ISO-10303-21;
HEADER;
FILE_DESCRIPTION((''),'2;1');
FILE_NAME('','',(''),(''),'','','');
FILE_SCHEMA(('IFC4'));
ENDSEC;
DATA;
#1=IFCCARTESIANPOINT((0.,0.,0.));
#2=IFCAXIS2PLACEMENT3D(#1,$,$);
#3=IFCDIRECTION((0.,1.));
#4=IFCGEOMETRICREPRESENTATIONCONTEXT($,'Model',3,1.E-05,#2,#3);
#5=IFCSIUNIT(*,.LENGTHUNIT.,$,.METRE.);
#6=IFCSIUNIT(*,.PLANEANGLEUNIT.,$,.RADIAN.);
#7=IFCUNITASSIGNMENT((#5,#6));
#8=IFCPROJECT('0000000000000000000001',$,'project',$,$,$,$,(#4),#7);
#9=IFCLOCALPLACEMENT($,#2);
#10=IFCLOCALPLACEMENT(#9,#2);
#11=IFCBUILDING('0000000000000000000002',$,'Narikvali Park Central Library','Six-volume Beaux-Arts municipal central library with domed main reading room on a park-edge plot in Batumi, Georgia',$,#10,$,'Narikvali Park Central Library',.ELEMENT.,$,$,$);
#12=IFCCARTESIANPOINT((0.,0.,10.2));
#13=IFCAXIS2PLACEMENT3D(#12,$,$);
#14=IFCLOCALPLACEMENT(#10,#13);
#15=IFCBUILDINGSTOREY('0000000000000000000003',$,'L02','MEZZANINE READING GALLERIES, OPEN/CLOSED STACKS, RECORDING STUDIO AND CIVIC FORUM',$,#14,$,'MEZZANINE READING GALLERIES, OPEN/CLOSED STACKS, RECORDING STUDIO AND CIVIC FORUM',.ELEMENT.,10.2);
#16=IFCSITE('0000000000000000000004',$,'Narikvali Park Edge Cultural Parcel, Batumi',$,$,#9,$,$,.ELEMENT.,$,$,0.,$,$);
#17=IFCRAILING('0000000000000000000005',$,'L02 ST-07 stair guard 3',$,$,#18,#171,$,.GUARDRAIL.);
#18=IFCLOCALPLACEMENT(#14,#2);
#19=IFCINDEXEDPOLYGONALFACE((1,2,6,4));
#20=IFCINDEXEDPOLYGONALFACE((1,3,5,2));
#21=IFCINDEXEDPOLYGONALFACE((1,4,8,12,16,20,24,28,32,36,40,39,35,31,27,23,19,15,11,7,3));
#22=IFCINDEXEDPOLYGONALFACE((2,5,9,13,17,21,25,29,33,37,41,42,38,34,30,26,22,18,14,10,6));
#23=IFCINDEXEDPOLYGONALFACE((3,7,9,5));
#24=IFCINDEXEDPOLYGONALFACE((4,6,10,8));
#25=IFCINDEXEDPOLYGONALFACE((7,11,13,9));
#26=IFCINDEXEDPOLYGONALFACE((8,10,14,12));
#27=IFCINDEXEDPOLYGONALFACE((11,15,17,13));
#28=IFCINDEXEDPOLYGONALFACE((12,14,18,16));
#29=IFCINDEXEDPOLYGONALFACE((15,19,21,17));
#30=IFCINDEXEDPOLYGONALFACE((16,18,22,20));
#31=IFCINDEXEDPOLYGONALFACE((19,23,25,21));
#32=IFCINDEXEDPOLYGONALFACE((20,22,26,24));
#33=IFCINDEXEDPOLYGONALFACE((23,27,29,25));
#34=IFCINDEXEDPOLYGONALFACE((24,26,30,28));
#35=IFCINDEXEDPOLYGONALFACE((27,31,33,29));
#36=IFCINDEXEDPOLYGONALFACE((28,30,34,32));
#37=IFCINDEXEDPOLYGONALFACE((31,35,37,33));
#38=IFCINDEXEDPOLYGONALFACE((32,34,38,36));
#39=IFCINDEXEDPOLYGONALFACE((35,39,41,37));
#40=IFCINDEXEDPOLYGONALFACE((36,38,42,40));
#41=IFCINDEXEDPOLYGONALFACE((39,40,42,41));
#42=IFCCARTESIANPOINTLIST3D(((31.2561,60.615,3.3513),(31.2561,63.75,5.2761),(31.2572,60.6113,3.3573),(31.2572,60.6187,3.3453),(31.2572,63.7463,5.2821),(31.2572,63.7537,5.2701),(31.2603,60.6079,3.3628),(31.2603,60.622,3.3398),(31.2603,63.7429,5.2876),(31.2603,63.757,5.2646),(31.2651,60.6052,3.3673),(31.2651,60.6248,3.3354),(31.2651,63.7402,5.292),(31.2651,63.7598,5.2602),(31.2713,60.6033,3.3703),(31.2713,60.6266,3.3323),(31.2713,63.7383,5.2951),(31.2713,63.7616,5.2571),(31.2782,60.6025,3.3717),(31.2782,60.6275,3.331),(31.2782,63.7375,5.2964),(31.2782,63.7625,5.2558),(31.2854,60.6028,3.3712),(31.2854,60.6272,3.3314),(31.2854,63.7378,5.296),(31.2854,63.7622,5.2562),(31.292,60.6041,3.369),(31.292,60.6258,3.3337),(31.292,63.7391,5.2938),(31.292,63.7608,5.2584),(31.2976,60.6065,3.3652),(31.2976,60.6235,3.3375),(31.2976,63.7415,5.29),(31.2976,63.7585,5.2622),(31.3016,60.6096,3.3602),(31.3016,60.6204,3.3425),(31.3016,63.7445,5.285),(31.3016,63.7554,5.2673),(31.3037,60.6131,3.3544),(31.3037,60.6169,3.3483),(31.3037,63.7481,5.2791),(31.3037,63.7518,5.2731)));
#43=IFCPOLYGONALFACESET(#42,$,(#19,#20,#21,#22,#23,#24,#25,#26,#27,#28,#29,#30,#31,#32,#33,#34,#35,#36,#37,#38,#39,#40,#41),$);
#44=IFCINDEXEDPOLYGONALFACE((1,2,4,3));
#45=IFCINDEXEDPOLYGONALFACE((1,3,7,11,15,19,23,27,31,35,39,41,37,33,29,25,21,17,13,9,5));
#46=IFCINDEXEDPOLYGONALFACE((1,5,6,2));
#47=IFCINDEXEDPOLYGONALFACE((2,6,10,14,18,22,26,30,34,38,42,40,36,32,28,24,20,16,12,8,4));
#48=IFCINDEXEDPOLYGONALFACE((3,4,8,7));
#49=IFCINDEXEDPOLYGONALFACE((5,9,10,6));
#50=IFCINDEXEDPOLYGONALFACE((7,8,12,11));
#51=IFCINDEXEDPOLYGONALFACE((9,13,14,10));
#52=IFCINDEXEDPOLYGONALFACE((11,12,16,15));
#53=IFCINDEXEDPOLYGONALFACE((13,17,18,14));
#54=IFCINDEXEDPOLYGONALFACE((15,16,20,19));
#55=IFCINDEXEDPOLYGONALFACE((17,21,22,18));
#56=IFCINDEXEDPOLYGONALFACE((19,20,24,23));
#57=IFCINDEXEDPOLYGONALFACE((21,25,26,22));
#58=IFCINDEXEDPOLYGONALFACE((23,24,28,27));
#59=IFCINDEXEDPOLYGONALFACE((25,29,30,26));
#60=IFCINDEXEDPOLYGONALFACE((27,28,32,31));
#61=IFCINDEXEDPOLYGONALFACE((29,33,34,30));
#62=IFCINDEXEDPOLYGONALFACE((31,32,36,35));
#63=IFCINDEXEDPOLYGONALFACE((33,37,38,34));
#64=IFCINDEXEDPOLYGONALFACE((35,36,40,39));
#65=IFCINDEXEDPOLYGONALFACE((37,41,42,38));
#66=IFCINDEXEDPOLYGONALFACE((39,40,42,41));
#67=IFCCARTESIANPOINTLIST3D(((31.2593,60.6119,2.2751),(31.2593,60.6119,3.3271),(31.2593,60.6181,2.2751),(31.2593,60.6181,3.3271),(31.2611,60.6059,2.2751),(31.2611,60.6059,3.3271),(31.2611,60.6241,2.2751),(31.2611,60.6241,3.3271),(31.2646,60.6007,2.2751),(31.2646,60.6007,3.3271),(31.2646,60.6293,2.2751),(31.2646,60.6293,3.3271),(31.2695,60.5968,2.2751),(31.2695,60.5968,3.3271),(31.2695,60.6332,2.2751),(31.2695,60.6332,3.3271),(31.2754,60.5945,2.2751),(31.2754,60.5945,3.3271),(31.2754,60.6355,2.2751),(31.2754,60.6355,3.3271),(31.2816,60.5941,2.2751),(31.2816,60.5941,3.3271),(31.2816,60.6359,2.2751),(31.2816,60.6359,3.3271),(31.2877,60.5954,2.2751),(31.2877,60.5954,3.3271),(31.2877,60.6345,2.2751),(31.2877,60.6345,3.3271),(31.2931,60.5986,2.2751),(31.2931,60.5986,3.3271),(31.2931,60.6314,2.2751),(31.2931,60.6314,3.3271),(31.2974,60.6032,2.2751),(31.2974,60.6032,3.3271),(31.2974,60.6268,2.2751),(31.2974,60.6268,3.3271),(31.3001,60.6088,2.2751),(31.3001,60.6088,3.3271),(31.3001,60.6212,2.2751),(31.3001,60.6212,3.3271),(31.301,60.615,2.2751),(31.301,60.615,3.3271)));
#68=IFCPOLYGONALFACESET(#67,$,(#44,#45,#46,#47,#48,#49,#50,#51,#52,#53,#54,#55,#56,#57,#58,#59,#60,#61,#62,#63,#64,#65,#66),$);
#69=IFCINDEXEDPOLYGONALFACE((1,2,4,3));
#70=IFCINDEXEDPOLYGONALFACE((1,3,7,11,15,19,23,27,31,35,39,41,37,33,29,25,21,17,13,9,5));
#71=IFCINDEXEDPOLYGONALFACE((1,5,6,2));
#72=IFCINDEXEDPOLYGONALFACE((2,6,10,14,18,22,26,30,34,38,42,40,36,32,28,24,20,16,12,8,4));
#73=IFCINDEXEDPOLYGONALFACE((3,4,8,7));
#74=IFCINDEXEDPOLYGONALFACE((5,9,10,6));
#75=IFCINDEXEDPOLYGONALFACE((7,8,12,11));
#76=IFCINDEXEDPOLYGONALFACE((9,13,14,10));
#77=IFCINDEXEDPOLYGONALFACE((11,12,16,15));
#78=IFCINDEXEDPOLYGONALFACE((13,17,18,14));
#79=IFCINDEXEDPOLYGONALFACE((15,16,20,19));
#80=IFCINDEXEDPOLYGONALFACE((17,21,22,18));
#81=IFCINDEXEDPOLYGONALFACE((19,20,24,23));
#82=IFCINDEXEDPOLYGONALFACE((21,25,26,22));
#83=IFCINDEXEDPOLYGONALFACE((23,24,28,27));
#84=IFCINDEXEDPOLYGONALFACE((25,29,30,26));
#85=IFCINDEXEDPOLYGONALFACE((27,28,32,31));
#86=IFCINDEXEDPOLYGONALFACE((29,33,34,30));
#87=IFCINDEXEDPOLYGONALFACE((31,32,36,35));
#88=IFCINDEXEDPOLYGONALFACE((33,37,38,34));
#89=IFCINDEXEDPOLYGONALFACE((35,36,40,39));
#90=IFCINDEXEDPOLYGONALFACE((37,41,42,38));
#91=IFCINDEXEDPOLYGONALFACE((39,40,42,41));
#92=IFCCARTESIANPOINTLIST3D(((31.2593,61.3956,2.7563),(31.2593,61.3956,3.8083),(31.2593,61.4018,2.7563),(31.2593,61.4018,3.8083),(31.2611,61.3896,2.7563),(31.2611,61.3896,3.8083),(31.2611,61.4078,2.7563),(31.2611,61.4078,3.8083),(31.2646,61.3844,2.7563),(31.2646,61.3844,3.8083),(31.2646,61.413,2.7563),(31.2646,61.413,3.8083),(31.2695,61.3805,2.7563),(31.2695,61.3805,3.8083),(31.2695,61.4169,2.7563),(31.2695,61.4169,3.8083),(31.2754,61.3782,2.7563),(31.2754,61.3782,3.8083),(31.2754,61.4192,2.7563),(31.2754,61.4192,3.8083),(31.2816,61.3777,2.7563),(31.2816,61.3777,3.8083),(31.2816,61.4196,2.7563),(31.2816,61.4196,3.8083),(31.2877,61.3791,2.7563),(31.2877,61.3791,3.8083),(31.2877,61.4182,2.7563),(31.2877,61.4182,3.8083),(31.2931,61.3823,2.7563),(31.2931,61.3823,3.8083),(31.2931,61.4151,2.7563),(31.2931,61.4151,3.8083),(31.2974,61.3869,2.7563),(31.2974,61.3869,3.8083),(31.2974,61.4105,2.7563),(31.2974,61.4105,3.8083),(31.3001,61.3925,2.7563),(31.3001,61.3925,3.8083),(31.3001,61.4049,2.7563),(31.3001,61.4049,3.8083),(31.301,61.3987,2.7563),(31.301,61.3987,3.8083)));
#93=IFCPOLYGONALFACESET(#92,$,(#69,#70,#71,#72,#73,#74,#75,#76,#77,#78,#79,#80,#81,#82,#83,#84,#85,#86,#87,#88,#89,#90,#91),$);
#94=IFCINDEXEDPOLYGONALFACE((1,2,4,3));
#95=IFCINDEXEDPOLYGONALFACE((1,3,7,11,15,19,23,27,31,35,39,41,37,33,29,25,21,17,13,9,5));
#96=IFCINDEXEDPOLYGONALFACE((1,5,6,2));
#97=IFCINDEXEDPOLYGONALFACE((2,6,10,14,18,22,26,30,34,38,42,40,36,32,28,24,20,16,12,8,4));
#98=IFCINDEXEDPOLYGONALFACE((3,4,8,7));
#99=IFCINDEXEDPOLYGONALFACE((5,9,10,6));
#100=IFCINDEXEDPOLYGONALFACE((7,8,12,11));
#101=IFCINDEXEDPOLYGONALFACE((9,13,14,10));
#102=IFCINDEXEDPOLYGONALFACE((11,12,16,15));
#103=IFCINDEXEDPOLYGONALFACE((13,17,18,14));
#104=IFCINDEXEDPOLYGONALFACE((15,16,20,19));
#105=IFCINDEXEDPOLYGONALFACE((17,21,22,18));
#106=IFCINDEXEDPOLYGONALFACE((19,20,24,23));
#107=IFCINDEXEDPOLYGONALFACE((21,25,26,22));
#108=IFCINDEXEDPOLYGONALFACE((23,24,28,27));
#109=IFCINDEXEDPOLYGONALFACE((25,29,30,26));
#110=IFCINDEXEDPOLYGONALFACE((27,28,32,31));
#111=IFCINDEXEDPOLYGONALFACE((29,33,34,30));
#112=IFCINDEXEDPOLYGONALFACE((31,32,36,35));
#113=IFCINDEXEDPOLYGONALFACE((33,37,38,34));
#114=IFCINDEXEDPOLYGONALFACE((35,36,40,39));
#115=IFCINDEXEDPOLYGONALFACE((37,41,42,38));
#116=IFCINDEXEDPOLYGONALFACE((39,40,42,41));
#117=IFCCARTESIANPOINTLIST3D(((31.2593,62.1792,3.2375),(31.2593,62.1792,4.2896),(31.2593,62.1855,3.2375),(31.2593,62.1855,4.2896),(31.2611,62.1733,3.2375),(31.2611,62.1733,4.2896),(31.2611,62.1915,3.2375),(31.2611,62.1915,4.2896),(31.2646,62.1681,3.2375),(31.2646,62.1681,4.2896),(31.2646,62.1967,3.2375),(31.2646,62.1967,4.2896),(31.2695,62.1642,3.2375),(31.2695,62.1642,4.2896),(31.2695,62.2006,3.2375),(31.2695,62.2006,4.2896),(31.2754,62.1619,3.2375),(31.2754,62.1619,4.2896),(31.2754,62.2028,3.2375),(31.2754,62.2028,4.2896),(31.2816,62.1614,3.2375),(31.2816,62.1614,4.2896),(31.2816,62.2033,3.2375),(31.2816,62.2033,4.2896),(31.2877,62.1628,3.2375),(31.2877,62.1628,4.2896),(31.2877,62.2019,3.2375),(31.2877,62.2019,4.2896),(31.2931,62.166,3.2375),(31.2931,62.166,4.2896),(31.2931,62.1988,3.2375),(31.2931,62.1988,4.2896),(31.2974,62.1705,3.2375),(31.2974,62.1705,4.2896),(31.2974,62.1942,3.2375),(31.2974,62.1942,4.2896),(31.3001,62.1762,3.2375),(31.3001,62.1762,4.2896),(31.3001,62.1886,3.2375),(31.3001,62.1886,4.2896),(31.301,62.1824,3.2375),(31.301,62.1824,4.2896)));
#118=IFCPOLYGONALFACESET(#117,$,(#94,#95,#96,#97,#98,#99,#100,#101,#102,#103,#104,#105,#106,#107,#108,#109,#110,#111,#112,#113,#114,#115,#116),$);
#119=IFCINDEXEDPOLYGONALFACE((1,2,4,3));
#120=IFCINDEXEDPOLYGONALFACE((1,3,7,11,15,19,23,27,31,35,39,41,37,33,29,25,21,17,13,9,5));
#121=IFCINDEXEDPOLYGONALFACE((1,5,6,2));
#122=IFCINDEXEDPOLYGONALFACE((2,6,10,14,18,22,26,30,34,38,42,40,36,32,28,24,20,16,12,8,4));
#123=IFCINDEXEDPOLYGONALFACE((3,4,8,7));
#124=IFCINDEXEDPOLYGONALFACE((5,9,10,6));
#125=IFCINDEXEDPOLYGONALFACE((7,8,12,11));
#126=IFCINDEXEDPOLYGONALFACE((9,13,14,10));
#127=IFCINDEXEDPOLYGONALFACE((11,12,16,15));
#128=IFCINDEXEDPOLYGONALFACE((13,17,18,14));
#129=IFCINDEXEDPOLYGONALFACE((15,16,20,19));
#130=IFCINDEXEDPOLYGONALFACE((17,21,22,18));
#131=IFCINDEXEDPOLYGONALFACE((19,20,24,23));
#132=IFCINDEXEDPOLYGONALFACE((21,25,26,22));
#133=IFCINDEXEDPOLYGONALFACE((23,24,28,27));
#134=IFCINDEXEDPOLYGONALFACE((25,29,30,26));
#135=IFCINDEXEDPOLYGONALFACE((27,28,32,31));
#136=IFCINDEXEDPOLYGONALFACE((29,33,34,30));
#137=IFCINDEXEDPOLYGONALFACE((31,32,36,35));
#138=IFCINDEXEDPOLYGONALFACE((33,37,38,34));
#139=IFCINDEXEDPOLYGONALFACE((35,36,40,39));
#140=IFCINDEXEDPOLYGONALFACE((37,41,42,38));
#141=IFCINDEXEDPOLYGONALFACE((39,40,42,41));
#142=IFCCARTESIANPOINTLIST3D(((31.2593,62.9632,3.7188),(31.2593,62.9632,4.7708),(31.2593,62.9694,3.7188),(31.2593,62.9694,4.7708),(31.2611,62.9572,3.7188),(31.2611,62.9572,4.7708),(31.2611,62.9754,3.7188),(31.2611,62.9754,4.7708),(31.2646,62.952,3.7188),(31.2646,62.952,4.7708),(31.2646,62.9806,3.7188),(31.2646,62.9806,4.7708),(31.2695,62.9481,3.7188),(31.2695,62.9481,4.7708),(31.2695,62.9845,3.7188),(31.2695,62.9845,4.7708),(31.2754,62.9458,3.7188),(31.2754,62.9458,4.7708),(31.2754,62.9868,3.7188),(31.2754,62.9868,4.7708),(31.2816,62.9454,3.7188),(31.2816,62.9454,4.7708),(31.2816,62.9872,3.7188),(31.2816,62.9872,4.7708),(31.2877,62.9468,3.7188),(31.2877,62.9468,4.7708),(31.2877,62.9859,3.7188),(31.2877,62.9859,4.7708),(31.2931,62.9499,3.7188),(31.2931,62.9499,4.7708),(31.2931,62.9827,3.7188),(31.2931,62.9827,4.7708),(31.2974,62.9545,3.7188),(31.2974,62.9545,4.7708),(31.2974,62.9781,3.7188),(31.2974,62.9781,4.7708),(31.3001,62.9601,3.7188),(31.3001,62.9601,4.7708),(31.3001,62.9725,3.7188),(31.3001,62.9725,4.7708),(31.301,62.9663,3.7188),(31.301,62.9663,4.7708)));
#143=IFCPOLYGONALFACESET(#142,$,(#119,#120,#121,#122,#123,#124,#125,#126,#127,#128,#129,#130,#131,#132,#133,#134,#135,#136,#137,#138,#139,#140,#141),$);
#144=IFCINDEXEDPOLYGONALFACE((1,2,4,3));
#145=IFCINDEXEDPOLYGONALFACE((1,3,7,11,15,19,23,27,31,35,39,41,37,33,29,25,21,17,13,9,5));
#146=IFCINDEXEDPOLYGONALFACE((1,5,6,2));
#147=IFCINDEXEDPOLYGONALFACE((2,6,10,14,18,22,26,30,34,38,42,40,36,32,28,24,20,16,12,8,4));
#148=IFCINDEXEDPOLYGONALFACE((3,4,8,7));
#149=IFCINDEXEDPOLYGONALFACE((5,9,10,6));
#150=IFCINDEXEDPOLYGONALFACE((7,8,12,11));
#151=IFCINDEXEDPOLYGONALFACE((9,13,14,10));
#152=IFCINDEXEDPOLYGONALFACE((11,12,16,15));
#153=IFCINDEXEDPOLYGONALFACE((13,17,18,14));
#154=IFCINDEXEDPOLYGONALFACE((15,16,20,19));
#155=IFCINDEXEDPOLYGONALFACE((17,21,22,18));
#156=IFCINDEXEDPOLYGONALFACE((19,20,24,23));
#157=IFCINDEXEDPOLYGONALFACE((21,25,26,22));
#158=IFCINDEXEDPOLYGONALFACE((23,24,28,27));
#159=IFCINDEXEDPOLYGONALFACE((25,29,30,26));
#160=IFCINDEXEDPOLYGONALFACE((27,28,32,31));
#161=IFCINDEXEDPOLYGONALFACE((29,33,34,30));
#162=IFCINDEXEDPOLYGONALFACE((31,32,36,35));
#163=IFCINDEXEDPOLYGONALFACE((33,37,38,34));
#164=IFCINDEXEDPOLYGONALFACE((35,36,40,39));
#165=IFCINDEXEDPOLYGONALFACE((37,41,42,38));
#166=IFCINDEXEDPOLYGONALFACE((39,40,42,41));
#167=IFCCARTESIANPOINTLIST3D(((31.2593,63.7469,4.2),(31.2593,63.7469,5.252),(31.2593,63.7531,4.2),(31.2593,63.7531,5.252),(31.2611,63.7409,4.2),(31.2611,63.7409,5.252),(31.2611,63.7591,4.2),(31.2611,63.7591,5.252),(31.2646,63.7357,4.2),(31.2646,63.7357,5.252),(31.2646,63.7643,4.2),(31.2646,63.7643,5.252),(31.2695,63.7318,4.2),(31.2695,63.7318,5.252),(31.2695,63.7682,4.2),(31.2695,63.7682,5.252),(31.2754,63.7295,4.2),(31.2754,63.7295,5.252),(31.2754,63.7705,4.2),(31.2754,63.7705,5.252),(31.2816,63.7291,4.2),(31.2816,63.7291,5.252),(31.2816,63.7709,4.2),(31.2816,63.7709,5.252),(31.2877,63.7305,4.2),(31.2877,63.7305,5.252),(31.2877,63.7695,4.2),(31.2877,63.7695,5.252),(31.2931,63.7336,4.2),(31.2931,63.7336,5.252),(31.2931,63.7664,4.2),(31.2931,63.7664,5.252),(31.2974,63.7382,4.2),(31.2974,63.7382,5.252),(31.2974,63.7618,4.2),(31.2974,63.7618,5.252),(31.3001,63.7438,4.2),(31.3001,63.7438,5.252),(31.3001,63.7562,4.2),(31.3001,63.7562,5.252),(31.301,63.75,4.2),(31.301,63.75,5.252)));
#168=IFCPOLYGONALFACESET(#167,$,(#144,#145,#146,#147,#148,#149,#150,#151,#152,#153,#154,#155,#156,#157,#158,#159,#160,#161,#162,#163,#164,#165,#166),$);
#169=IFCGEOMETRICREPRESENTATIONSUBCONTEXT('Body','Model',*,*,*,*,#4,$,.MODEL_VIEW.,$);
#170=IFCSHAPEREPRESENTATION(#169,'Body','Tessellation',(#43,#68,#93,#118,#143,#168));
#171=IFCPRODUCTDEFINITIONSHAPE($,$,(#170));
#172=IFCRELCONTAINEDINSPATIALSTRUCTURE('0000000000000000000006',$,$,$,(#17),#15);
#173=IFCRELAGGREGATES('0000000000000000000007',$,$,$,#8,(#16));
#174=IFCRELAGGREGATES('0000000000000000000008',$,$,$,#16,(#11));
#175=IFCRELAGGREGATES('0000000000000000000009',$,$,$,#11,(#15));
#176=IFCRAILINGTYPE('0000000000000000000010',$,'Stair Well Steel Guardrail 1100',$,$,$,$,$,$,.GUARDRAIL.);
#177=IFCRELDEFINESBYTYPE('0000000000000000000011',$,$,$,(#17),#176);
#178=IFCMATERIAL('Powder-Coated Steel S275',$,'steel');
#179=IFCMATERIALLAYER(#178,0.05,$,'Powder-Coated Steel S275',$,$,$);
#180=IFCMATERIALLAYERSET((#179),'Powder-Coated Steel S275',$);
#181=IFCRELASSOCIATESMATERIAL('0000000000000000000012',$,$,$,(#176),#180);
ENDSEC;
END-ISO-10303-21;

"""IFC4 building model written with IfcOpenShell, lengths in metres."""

from ifc_helpers import new_model, si_unit, direction, frame, origin, origin_2d, place, context, subcontext, project, spatial, circle, extrude, material, layer, layer_set, type_object, element, save


model = new_model("IFC4")

# Units and contexts
model_context = context("Model", 3, precision=1e-05, world=origin(), true_north=direction((0.0, 1.0)))
body_context = subcontext(model_context, "Body", "Model", "MODEL_VIEW")
ifc_project = project(units=[si_unit("LENGTHUNIT", "METRE"), si_unit("PLANEANGLEUNIT", "RADIAN")], contexts=[model_context])

# Site, building, storey
site_placement = place(None, origin())
site = spatial("IfcSite", under=ifc_project, at=site_placement, Name="Narikvali Park Edge Cultural Parcel, Batumi", CompositionType="ELEMENT", RefElevation=0.0)
building_placement = place(site_placement, origin())
building = spatial("IfcBuilding", under=site, at=building_placement, Name="Narikvali Park Central Library", Description="Six-volume Beaux-Arts municipal central library with domed main reading room on a park-edge plot in Batumi, Georgia", LongName="Narikvali Park Central Library", CompositionType="ELEMENT")
storey_placement = place(building_placement, frame((0.0, 0.0, 10.2)))
storey = spatial("IfcBuildingStorey", under=building, at=storey_placement, Name="L02", Description="MEZZANINE READING GALLERIES, OPEN/CLOSED STACKS, RECORDING STUDIO AND CIVIC FORUM", LongName="MEZZANINE READING GALLERIES, OPEN/CLOSED STACKS, RECORDING STUDIO AND CIVIC FORUM", CompositionType="ELEMENT", Elevation=10.2)

# Railing
ifc_material_1 = material(Name="Powder-Coated Steel S275", Category="steel")
ifc_layer_1 = layer(ifc_material_1, 0.05, Name="Powder-Coated Steel S275")
ifc_layer_set_1 = layer_set([ifc_layer_1], Name="Powder-Coated Steel S275")
railing_type_1 = type_object("IfcRailingType", Name="Stair Well Steel Guardrail 1100", PredefinedType="GUARDRAIL", material=ifc_layer_set_1)
railing_1_placement = place(storey_placement, frame((31.28, 60.615, 2.2751)))
element("IfcRailing", 1, at=railing_1_placement, inside=storey, type_object=railing_type_1, Name="L02 ST-07 stair guard 3", PredefinedType="GUARDRAIL", context=body_context, shape_type="SweptSolid", body=[
    extrude(circle(Radius=0.0239, at=origin_2d()), frame((0.0, 0.0, 1.0762), z_axis=(0.0, 0.852196, 0.523223), x_axis=(-1.0, 0.0, 0.0)), (0.0, 0.0, 1.0), 3.6787),
    extrude(circle(Radius=0.021, at=origin_2d()), origin(), (0.0, 0.0, 1.0), 1.052),
    extrude(circle(Radius=0.021, at=origin_2d()), frame((0.0, 0.7837, 0.4812)), (0.0, 0.0, 1.0), 1.052),
    extrude(circle(Radius=0.021, at=origin_2d()), frame((0.0, 1.5674, 0.9624)), (0.0, 0.0, 1.0), 1.052),
    extrude(circle(Radius=0.021, at=origin_2d()), frame((0.0, 2.3513, 1.4436)), (0.0, 0.0, 1.0), 1.052),
    extrude(circle(Radius=0.021, at=origin_2d()), frame((0.0, 3.135, 1.9248)), (0.0, 0.0, 1.0), 1.052),
])

save(model, "model.ifc")
